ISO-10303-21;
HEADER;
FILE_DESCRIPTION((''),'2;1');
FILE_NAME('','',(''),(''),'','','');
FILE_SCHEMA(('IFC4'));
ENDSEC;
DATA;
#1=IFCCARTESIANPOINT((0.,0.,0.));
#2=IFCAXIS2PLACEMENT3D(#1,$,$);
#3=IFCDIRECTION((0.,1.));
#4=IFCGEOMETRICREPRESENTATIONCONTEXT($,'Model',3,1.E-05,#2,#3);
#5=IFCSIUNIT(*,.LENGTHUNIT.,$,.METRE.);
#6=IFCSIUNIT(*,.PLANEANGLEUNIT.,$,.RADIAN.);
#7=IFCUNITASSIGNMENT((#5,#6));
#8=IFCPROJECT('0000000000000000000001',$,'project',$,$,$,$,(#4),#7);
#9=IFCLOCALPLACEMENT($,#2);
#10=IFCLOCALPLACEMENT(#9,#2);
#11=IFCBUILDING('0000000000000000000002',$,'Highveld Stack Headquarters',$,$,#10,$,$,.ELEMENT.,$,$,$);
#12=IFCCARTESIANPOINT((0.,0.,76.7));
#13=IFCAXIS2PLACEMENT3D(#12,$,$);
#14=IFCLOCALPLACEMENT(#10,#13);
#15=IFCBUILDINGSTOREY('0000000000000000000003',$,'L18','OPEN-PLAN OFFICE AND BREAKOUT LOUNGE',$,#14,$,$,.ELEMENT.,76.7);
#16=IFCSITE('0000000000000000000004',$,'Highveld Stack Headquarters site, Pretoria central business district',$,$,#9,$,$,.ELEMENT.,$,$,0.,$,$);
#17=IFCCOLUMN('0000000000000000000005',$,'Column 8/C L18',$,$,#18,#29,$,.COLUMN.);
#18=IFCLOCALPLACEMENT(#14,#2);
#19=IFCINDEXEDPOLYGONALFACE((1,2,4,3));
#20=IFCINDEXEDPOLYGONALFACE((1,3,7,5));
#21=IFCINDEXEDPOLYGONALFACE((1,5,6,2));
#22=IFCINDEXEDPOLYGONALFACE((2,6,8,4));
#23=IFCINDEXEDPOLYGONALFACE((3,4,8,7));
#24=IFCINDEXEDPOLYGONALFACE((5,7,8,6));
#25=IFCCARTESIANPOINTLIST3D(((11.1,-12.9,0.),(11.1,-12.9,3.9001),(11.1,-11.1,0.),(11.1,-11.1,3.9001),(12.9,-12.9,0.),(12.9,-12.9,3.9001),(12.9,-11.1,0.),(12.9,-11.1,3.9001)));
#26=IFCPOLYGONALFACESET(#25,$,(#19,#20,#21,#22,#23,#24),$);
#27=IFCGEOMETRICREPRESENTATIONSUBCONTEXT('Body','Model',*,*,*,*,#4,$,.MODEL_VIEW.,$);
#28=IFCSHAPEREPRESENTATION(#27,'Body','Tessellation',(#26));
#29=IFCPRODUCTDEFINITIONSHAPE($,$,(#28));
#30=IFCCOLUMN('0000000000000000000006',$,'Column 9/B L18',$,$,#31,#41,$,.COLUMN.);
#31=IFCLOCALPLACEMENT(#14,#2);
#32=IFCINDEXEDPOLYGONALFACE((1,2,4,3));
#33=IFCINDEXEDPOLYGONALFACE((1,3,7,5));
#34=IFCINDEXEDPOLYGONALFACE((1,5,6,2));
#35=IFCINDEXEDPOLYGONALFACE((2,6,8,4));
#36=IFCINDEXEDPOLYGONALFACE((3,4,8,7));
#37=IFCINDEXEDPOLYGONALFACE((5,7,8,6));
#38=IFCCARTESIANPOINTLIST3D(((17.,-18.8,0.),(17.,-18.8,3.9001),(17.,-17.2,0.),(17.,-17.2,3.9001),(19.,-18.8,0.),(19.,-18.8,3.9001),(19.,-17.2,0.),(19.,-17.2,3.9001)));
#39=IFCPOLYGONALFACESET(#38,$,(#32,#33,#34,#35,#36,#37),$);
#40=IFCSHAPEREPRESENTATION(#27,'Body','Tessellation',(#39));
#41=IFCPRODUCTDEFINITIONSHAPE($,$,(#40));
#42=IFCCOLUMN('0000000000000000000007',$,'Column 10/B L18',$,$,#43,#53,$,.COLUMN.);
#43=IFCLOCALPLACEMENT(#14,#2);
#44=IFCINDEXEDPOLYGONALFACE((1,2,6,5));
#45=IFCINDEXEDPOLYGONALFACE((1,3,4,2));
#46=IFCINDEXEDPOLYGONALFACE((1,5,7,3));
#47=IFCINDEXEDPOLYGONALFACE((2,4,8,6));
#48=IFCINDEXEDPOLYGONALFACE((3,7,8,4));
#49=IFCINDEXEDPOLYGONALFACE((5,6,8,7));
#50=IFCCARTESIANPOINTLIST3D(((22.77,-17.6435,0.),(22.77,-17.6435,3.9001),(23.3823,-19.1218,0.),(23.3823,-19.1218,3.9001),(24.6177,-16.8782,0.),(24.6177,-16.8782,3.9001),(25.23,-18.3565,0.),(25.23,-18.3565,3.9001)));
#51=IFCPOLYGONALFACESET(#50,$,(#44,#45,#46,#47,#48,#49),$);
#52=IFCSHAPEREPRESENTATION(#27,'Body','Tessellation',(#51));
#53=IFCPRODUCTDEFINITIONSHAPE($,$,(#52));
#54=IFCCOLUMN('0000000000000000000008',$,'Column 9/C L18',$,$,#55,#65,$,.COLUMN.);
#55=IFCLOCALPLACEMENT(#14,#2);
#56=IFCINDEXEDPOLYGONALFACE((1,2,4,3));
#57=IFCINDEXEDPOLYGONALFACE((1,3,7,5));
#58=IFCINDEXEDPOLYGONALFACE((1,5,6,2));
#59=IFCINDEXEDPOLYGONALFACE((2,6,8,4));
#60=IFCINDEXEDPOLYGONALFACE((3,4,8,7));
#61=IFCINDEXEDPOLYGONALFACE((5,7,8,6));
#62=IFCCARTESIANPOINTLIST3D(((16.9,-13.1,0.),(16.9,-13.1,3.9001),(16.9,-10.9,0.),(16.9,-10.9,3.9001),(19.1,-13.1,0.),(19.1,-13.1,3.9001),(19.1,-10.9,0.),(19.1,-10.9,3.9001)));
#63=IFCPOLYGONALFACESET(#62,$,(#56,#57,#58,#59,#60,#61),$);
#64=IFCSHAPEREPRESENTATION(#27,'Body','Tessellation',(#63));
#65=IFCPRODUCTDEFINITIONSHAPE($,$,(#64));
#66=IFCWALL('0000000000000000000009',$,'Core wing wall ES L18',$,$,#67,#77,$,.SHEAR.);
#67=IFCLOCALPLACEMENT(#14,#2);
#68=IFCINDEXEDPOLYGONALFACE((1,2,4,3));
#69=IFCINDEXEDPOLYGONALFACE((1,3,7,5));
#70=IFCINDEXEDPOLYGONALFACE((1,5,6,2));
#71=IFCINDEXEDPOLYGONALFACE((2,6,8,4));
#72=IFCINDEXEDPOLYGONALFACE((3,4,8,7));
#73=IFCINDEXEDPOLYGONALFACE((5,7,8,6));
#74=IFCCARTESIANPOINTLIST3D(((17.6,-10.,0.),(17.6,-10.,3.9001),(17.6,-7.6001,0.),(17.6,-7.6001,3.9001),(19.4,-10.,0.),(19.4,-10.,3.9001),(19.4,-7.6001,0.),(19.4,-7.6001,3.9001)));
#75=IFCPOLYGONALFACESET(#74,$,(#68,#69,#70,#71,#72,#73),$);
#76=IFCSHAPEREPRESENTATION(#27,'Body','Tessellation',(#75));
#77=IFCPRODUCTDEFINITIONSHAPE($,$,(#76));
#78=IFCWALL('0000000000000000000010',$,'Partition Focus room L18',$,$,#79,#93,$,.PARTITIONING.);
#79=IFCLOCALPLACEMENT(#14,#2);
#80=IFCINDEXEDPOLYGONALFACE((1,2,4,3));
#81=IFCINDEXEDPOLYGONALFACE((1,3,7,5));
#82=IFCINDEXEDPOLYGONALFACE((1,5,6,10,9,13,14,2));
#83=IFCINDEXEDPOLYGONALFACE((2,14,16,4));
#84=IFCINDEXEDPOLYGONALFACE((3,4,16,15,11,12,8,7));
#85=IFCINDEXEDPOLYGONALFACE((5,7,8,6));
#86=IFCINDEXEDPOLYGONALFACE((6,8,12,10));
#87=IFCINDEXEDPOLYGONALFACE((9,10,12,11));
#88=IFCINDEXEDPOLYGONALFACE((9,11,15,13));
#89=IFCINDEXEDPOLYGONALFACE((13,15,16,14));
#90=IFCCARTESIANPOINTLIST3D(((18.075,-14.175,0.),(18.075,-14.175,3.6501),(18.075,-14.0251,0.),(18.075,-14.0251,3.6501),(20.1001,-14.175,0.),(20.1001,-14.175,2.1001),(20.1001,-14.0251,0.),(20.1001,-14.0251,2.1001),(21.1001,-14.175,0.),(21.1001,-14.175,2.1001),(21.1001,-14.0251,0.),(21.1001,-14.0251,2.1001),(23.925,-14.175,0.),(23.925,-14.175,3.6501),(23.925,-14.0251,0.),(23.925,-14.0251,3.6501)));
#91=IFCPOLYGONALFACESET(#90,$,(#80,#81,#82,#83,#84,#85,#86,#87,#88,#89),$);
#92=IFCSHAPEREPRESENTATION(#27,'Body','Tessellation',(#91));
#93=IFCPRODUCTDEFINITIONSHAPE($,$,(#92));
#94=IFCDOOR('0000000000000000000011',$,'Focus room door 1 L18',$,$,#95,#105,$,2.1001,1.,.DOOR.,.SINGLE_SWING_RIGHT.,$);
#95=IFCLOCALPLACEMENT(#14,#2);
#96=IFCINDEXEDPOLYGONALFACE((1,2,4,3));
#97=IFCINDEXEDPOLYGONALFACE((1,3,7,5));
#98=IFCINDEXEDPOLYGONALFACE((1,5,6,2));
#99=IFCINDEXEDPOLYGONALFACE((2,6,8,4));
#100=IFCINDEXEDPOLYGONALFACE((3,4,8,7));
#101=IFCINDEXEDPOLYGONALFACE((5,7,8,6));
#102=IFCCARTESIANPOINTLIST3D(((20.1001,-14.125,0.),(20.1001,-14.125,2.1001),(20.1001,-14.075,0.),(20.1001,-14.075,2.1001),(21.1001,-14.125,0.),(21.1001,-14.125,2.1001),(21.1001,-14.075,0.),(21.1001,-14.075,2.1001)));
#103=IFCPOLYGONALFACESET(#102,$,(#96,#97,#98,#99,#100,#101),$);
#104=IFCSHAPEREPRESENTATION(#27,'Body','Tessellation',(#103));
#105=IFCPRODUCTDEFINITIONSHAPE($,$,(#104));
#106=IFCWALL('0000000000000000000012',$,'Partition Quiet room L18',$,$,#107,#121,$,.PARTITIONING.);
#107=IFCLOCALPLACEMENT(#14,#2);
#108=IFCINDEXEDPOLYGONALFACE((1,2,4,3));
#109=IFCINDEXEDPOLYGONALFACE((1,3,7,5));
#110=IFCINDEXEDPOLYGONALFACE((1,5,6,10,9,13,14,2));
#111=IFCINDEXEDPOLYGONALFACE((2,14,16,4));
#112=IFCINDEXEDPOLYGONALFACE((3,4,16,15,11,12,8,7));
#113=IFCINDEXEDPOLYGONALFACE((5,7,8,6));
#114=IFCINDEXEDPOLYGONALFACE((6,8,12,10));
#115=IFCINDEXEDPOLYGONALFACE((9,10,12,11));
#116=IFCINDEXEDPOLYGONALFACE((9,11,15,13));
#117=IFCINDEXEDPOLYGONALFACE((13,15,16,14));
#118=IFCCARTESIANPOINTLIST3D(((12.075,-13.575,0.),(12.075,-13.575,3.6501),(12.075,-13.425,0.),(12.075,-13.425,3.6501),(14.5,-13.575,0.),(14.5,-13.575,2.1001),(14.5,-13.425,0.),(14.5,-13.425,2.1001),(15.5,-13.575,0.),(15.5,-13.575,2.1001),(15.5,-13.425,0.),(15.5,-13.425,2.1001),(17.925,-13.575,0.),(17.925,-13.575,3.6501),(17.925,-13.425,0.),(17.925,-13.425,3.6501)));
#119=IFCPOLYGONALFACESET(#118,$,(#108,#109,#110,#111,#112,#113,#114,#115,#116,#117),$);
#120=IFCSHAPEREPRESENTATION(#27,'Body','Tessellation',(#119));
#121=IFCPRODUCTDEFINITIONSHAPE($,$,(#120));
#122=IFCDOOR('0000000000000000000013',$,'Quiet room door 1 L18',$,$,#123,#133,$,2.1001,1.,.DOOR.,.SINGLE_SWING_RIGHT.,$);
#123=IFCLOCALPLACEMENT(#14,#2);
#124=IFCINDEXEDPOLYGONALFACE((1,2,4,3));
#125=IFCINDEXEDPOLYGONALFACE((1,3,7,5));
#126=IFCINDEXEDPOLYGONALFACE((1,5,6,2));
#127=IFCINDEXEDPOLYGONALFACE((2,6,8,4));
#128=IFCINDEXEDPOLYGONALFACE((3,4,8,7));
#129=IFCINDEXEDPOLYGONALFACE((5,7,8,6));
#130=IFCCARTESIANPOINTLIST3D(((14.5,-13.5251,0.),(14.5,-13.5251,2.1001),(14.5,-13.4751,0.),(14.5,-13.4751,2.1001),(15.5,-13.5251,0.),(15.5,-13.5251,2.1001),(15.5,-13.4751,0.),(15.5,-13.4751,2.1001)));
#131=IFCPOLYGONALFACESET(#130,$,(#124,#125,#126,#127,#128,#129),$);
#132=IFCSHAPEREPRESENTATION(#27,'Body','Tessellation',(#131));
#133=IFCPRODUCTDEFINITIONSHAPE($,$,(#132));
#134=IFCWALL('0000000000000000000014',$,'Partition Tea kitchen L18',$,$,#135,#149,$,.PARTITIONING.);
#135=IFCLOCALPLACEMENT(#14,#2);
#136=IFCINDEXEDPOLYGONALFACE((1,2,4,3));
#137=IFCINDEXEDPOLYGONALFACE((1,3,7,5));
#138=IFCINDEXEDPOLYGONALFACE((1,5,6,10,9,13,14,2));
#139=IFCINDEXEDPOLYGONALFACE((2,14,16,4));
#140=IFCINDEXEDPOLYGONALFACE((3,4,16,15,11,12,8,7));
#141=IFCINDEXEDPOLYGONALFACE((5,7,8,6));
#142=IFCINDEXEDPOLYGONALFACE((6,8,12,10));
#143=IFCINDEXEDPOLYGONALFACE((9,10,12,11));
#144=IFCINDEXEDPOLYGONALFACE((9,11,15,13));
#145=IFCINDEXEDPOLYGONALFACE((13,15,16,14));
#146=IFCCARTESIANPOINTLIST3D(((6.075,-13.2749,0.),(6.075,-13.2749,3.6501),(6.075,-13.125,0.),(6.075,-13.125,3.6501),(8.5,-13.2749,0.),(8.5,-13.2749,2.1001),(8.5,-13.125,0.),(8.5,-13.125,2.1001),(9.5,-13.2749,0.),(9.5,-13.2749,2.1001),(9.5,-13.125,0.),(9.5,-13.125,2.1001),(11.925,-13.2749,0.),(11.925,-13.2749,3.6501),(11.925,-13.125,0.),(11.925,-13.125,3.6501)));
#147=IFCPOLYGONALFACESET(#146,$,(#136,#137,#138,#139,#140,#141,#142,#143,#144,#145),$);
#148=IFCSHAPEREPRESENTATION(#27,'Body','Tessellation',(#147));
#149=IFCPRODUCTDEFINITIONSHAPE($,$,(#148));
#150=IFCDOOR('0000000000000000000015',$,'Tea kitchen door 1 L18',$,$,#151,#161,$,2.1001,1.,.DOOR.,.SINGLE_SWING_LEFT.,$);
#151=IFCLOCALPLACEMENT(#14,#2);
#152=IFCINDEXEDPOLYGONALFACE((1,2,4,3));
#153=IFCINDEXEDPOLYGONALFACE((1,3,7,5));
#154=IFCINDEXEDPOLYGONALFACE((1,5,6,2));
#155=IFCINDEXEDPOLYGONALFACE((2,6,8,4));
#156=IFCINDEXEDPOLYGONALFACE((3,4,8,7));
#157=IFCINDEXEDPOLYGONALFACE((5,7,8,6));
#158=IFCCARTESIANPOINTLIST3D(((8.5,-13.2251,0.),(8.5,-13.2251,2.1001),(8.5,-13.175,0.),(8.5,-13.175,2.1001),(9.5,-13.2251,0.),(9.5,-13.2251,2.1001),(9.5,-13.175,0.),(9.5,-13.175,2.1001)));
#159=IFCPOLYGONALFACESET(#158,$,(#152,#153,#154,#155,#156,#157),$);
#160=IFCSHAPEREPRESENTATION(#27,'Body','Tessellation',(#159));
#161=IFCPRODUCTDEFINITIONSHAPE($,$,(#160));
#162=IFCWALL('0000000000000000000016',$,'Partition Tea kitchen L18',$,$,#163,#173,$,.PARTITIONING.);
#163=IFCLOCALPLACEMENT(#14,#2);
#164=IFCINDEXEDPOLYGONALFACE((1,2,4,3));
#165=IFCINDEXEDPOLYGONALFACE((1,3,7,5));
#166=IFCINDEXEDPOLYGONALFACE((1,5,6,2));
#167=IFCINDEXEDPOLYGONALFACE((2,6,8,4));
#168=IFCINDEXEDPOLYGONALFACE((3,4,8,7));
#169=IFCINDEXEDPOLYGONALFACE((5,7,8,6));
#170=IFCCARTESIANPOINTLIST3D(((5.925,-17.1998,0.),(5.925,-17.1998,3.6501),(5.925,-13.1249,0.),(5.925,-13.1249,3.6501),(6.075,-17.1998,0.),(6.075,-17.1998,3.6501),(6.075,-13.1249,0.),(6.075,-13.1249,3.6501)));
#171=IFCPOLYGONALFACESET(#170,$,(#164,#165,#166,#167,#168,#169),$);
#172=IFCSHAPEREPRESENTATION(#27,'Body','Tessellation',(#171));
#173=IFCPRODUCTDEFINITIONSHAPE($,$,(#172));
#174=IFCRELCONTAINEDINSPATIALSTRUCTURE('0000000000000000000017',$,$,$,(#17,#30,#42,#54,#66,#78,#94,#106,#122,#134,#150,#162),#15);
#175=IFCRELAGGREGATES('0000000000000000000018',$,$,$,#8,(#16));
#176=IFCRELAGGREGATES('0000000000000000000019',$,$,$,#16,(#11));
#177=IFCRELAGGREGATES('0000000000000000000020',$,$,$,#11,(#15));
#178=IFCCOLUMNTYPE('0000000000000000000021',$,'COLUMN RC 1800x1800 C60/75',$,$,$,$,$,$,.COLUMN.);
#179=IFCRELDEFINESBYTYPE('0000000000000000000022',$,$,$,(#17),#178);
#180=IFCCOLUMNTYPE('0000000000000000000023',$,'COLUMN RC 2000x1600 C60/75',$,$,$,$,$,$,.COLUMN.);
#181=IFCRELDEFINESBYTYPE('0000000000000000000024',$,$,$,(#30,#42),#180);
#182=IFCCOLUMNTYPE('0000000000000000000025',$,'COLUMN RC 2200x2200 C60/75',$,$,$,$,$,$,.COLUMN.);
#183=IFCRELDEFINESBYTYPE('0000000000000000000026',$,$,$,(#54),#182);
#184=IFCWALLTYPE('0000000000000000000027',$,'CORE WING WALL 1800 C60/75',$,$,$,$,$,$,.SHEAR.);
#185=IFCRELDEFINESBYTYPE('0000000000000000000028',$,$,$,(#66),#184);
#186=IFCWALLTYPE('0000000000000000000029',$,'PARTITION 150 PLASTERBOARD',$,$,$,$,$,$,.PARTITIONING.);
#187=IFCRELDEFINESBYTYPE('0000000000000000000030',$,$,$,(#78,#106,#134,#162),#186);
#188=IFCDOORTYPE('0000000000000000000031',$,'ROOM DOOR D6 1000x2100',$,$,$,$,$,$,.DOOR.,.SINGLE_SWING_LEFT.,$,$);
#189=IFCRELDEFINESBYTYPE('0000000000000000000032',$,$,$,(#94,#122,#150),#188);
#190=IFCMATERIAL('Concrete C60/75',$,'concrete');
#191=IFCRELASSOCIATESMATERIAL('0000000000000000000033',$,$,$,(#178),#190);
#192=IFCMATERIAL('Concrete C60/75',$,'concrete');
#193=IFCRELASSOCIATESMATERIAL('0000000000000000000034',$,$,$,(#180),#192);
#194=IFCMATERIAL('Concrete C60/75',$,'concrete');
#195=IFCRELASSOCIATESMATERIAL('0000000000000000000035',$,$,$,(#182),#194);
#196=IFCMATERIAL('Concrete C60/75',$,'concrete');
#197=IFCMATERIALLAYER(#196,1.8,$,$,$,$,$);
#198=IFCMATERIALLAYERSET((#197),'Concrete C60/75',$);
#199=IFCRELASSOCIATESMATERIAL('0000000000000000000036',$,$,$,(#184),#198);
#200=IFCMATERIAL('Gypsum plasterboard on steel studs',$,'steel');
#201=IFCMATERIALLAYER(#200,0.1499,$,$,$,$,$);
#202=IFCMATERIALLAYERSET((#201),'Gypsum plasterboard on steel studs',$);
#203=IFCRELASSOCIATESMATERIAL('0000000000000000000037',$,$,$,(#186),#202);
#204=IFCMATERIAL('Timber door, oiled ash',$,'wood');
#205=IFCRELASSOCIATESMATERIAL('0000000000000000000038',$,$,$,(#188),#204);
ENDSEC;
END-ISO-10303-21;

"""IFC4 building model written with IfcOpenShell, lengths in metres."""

from ifc_helpers import new_model, si_unit, direction, frame, frame_2d, origin, origin_2d, place, context, subcontext, project, spatial, rectangle, extrude, material, layer, layer_set, material_profile, profile_set, type_object, element, fill, save


model = new_model("IFC4")

# Units and contexts
model_context = context("Model", 3, precision=1e-05, world=origin(), true_north=direction((0.0, 1.0)))
body_context = subcontext(model_context, "Body", "Model", "MODEL_VIEW")
ifc_project = project(units=[si_unit("LENGTHUNIT", "METRE"), si_unit("PLANEANGLEUNIT", "RADIAN")], contexts=[model_context])

# Site, building, storey
site_placement = place(None, origin())
site = spatial("IfcSite", under=ifc_project, at=site_placement, Name="Highveld Stack Headquarters site, Pretoria central business district", CompositionType="ELEMENT", RefElevation=0.0)
building_placement = place(site_placement, origin())
building = spatial("IfcBuilding", under=site, at=building_placement, Name="Highveld Stack Headquarters", CompositionType="ELEMENT")
storey_placement = place(building_placement, frame((0.0, 0.0, 76.7)))
storey = spatial("IfcBuildingStorey", under=building, at=storey_placement, Name="L18", Description="OPEN-PLAN OFFICE AND BREAKOUT LOUNGE", CompositionType="ELEMENT", Elevation=76.7)

# Columns
ifc_material_1 = material(Name="Concrete C60/75", Category="concrete")
ifc_material_profile_1 = material_profile(ifc_material_1, rectangle(XDim=1.8, YDim=1.8, at=origin_2d()), Name="RC 1800x1800")
ifc_profile_set_1 = profile_set([ifc_material_profile_1], Name="Concrete C60/75")
column_type_1 = type_object("IfcColumnType", Name="COLUMN RC 1800x1800 C60/75", PredefinedType="COLUMN", material=ifc_profile_set_1)
column_1_placement = place(storey_placement, frame((12.0, -12.0, 0.0), z_axis=(0.0, 0.0, 1.0), x_axis=(1.0, 0.0, 0.0)))
element("IfcColumn", 1, at=column_1_placement, inside=storey, type_object=column_type_1, Name="Column 8/C L18", PredefinedType="COLUMN", context=body_context, shape_type="SweptSolid", body=[
    extrude(rectangle(XDim=1.8, YDim=1.8, at=origin_2d()), origin(), (0.0, 0.0, 1.0), 3.9001),
])
ifc_material_2 = material(Name="Concrete C60/75", Category="concrete")
ifc_material_profile_2 = material_profile(ifc_material_2, rectangle(XDim=2.0, YDim=1.6001, at=origin_2d()), Name="RC 2000x1600")
ifc_profile_set_2 = profile_set([ifc_material_profile_2], Name="Concrete C60/75")
column_type_2 = type_object("IfcColumnType", Name="COLUMN RC 2000x1600 C60/75", PredefinedType="COLUMN", material=ifc_profile_set_2)
for number, where, z_axis, x_axis, name in (
    (2, (18.0, -18.0, 0.0), (0.0, 0.0, 1.0), (1.0, 0.0, 0.0), "Column 9/B L18"),
    (3, (24.0, -18.0, 0.0), (0.0, 0.0, 1.0), (-0.92388, -0.382683, 0.0), "Column 10/B L18"),
):
    element("IfcColumn", number, at=place(storey_placement, frame(where, z_axis=z_axis, x_axis=x_axis)), inside=storey, type_object=column_type_2, Name=name, PredefinedType="COLUMN", context=body_context, shape_type="SweptSolid", body=[
        extrude(rectangle(XDim=2.0, YDim=1.6001, at=origin_2d()), origin(), (0.0, 0.0, 1.0), 3.9001),
    ])
ifc_material_3 = material(Name="Concrete C60/75", Category="concrete")
ifc_material_profile_3 = material_profile(ifc_material_3, rectangle(XDim=2.2, YDim=2.2, at=origin_2d()), Name="RC 2200x2200")
ifc_profile_set_3 = profile_set([ifc_material_profile_3], Name="Concrete C60/75")
column_type_3 = type_object("IfcColumnType", Name="COLUMN RC 2200x2200 C60/75", PredefinedType="COLUMN", material=ifc_profile_set_3)
column_2_placement = place(storey_placement, frame((18.0, -12.0, 0.0), z_axis=(0.0, 0.0, 1.0), x_axis=(1.0, 0.0, 0.0)))
element("IfcColumn", 4, at=column_2_placement, inside=storey, type_object=column_type_3, Name="Column 9/C L18", PredefinedType="COLUMN", context=body_context, shape_type="SweptSolid", body=[
    extrude(rectangle(XDim=2.2, YDim=2.2, at=origin_2d()), origin(), (0.0, 0.0, 1.0), 3.9001),
])

# Wall
ifc_material_4 = material(Name="Concrete C60/75", Category="concrete")
ifc_layer_1 = layer(ifc_material_4, 1.8)
ifc_layer_set_1 = layer_set([ifc_layer_1], Name="Concrete C60/75")
wall_type_1 = type_object("IfcWallType", Name="CORE WING WALL 1800 C60/75", PredefinedType="SHEAR", material=ifc_layer_set_1)
wall_1_placement = place(storey_placement, frame((18.5, -10.0, 0.0), z_axis=(0.0, 0.0, 1.0), x_axis=(0.0, 1.0, 0.0)))
element("IfcWall", 5, at=wall_1_placement, inside=storey, type_object=wall_type_1, Name="Core wing wall ES L18", PredefinedType="SHEAR", context=body_context, shape_type="SweptSolid", body=[
    extrude(rectangle(XDim=2.3999, YDim=1.8, at=frame_2d((1.2, 0.0))), origin(), (0.0, 0.0, 1.0), 3.9001),
])

# Walls, openings, doors
ifc_material_5 = material(Name="Gypsum plasterboard on steel studs", Category="steel")
ifc_layer_2 = layer(ifc_material_5, 0.1499)
ifc_layer_set_2 = layer_set([ifc_layer_2], Name="Gypsum plasterboard on steel studs")
wall_type_2 = type_object("IfcWallType", Name="PARTITION 150 PLASTERBOARD", PredefinedType="PARTITIONING", material=ifc_layer_set_2)
wall_2_placement = place(storey_placement, frame((23.925, -14.1001, 0.0), z_axis=(0.0, 0.0, 1.0), x_axis=(-1.0, 0.0, 0.0)))
wall_2 = element("IfcWall", 6, at=wall_2_placement, inside=storey, type_object=wall_type_2, Name="Partition Focus room L18", PredefinedType="PARTITIONING", context=body_context, shape_type="SweptSolid", body=[
    extrude(rectangle(XDim=5.8501, YDim=0.1499, at=frame_2d((2.925, 0.0))), origin(), (0.0, 0.0, 1.0), 3.6501),
])
opening_1_placement = place(wall_2_placement, frame((2.825, 0.0, 0.0)))
opening_1 = element("IfcOpeningElement", 7, at=opening_1_placement, cuts=wall_2, PredefinedType="OPENING", context=body_context, shape_type="SweptSolid", body=[
    extrude(rectangle(XDim=1.0, YDim=2.1001, at=frame_2d((0.5, 1.05))), frame((0.0, 0.085, 0.0), z_axis=(0.0, -1.0, 0.0), x_axis=(1.0, 0.0, 0.0)), (0.0, 0.0, 1.0), 0.1699),
])
ifc_material_6 = material(Name="Timber door, oiled ash", Category="wood")
door_type = type_object("IfcDoorType", Name="ROOM DOOR D6 1000x2100", OperationType="SINGLE_SWING_LEFT", PredefinedType="DOOR", material=ifc_material_6)
door_1_placement = place(opening_1_placement, origin())
door_1 = element("IfcDoor", 8, at=door_1_placement, inside=storey, type_object=door_type, Name="Focus room door 1 L18", OperationType="SINGLE_SWING_RIGHT", OverallHeight=2.1001, OverallWidth=1.0, PredefinedType="DOOR", context=body_context, shape_type="SweptSolid", body=[
    extrude(rectangle(XDim=1.0, YDim=2.1001, at=frame_2d((0.5, 1.05))), frame((0.0, 0.0249, 0.0), z_axis=(0.0, -1.0, 0.0), x_axis=(1.0, 0.0, 0.0)), (0.0, 0.0, 1.0), 0.05),
])
fill(opening_1, door_1)
wall_3_placement = place(storey_placement, frame((12.075, -13.5, 0.0), z_axis=(0.0, 0.0, 1.0), x_axis=(1.0, 0.0, 0.0)))
wall_3 = element("IfcWall", 9, at=wall_3_placement, inside=storey, type_object=wall_type_2, Name="Partition Quiet room L18", PredefinedType="PARTITIONING", context=body_context, shape_type="SweptSolid", body=[
    extrude(rectangle(XDim=5.8501, YDim=0.1499, at=frame_2d((2.925, 0.0))), origin(), (0.0, 0.0, 1.0), 3.6501),
])
opening_2_placement = place(wall_3_placement, frame((2.425, 0.0, 0.0)))
opening_2 = element("IfcOpeningElement", 10, at=opening_2_placement, cuts=wall_3, PredefinedType="OPENING", context=body_context, shape_type="SweptSolid", body=[
    extrude(rectangle(XDim=1.0, YDim=2.1001, at=frame_2d((0.5, 1.05))), frame((0.0, 0.085, 0.0), z_axis=(0.0, -1.0, 0.0), x_axis=(1.0, 0.0, 0.0)), (0.0, 0.0, 1.0), 0.1699),
])
door_2_placement = place(opening_2_placement, origin())
door_2 = element("IfcDoor", 11, at=door_2_placement, inside=storey, type_object=door_type, Name="Quiet room door 1 L18", OperationType="SINGLE_SWING_RIGHT", OverallHeight=2.1001, OverallWidth=1.0, PredefinedType="DOOR", context=body_context, shape_type="SweptSolid", body=[
    extrude(rectangle(XDim=1.0, YDim=2.1001, at=frame_2d((0.5, 1.05))), frame((0.0, 0.0249, 0.0), z_axis=(0.0, -1.0, 0.0), x_axis=(1.0, 0.0, 0.0)), (0.0, 0.0, 1.0), 0.05),
])
fill(opening_2, door_2)
wall_4_placement = place(storey_placement, frame((6.075, -13.2, 0.0), z_axis=(0.0, 0.0, 1.0), x_axis=(1.0, 0.0, 0.0)))
wall_4 = element("IfcWall", 12, at=wall_4_placement, inside=storey, type_object=wall_type_2, Name="Partition Tea kitchen L18", PredefinedType="PARTITIONING", context=body_context, shape_type="SweptSolid", body=[
    extrude(rectangle(XDim=5.8501, YDim=0.1499, at=frame_2d((2.925, 0.0))), origin(), (0.0, 0.0, 1.0), 3.6501),
])
opening_3_placement = place(wall_4_placement, frame((2.425, 0.0, 0.0)))
opening_3 = element("IfcOpeningElement", 13, at=opening_3_placement, cuts=wall_4, PredefinedType="OPENING", context=body_context, shape_type="SweptSolid", body=[
    extrude(rectangle(XDim=1.0, YDim=2.1001, at=frame_2d((0.5, 1.05))), frame((0.0, 0.085, 0.0), z_axis=(0.0, -1.0, 0.0), x_axis=(1.0, 0.0, 0.0)), (0.0, 0.0, 1.0), 0.1699),
])
door_3_placement = place(opening_3_placement, origin())
door_3 = element("IfcDoor", 14, at=door_3_placement, inside=storey, type_object=door_type, Name="Tea kitchen door 1 L18", OperationType="SINGLE_SWING_LEFT", OverallHeight=2.1001, OverallWidth=1.0, PredefinedType="DOOR", context=body_context, shape_type="SweptSolid", body=[
    extrude(rectangle(XDim=1.0, YDim=2.1001, at=frame_2d((0.5, 1.05))), frame((0.0, 0.0249, 0.0), z_axis=(0.0, -1.0, 0.0), x_axis=(1.0, 0.0, 0.0)), (0.0, 0.0, 1.0), 0.05),
])
fill(opening_3, door_3)

# Wall
wall_5_placement = place(storey_placement, frame((6.0, -17.2, 0.0), z_axis=(0.0, 0.0, 1.0), x_axis=(0.0, 1.0, 0.0)))
element("IfcWall", 15, at=wall_5_placement, inside=storey, type_object=wall_type_2, Name="Partition Tea kitchen L18", PredefinedType="PARTITIONING", context=body_context, shape_type="SweptSolid", body=[
    extrude(rectangle(XDim=4.075, YDim=0.1499, at=frame_2d((2.0376, 0.0))), origin(), (0.0, 0.0, 1.0), 3.6501),
])

save(model, "model.ifc")
